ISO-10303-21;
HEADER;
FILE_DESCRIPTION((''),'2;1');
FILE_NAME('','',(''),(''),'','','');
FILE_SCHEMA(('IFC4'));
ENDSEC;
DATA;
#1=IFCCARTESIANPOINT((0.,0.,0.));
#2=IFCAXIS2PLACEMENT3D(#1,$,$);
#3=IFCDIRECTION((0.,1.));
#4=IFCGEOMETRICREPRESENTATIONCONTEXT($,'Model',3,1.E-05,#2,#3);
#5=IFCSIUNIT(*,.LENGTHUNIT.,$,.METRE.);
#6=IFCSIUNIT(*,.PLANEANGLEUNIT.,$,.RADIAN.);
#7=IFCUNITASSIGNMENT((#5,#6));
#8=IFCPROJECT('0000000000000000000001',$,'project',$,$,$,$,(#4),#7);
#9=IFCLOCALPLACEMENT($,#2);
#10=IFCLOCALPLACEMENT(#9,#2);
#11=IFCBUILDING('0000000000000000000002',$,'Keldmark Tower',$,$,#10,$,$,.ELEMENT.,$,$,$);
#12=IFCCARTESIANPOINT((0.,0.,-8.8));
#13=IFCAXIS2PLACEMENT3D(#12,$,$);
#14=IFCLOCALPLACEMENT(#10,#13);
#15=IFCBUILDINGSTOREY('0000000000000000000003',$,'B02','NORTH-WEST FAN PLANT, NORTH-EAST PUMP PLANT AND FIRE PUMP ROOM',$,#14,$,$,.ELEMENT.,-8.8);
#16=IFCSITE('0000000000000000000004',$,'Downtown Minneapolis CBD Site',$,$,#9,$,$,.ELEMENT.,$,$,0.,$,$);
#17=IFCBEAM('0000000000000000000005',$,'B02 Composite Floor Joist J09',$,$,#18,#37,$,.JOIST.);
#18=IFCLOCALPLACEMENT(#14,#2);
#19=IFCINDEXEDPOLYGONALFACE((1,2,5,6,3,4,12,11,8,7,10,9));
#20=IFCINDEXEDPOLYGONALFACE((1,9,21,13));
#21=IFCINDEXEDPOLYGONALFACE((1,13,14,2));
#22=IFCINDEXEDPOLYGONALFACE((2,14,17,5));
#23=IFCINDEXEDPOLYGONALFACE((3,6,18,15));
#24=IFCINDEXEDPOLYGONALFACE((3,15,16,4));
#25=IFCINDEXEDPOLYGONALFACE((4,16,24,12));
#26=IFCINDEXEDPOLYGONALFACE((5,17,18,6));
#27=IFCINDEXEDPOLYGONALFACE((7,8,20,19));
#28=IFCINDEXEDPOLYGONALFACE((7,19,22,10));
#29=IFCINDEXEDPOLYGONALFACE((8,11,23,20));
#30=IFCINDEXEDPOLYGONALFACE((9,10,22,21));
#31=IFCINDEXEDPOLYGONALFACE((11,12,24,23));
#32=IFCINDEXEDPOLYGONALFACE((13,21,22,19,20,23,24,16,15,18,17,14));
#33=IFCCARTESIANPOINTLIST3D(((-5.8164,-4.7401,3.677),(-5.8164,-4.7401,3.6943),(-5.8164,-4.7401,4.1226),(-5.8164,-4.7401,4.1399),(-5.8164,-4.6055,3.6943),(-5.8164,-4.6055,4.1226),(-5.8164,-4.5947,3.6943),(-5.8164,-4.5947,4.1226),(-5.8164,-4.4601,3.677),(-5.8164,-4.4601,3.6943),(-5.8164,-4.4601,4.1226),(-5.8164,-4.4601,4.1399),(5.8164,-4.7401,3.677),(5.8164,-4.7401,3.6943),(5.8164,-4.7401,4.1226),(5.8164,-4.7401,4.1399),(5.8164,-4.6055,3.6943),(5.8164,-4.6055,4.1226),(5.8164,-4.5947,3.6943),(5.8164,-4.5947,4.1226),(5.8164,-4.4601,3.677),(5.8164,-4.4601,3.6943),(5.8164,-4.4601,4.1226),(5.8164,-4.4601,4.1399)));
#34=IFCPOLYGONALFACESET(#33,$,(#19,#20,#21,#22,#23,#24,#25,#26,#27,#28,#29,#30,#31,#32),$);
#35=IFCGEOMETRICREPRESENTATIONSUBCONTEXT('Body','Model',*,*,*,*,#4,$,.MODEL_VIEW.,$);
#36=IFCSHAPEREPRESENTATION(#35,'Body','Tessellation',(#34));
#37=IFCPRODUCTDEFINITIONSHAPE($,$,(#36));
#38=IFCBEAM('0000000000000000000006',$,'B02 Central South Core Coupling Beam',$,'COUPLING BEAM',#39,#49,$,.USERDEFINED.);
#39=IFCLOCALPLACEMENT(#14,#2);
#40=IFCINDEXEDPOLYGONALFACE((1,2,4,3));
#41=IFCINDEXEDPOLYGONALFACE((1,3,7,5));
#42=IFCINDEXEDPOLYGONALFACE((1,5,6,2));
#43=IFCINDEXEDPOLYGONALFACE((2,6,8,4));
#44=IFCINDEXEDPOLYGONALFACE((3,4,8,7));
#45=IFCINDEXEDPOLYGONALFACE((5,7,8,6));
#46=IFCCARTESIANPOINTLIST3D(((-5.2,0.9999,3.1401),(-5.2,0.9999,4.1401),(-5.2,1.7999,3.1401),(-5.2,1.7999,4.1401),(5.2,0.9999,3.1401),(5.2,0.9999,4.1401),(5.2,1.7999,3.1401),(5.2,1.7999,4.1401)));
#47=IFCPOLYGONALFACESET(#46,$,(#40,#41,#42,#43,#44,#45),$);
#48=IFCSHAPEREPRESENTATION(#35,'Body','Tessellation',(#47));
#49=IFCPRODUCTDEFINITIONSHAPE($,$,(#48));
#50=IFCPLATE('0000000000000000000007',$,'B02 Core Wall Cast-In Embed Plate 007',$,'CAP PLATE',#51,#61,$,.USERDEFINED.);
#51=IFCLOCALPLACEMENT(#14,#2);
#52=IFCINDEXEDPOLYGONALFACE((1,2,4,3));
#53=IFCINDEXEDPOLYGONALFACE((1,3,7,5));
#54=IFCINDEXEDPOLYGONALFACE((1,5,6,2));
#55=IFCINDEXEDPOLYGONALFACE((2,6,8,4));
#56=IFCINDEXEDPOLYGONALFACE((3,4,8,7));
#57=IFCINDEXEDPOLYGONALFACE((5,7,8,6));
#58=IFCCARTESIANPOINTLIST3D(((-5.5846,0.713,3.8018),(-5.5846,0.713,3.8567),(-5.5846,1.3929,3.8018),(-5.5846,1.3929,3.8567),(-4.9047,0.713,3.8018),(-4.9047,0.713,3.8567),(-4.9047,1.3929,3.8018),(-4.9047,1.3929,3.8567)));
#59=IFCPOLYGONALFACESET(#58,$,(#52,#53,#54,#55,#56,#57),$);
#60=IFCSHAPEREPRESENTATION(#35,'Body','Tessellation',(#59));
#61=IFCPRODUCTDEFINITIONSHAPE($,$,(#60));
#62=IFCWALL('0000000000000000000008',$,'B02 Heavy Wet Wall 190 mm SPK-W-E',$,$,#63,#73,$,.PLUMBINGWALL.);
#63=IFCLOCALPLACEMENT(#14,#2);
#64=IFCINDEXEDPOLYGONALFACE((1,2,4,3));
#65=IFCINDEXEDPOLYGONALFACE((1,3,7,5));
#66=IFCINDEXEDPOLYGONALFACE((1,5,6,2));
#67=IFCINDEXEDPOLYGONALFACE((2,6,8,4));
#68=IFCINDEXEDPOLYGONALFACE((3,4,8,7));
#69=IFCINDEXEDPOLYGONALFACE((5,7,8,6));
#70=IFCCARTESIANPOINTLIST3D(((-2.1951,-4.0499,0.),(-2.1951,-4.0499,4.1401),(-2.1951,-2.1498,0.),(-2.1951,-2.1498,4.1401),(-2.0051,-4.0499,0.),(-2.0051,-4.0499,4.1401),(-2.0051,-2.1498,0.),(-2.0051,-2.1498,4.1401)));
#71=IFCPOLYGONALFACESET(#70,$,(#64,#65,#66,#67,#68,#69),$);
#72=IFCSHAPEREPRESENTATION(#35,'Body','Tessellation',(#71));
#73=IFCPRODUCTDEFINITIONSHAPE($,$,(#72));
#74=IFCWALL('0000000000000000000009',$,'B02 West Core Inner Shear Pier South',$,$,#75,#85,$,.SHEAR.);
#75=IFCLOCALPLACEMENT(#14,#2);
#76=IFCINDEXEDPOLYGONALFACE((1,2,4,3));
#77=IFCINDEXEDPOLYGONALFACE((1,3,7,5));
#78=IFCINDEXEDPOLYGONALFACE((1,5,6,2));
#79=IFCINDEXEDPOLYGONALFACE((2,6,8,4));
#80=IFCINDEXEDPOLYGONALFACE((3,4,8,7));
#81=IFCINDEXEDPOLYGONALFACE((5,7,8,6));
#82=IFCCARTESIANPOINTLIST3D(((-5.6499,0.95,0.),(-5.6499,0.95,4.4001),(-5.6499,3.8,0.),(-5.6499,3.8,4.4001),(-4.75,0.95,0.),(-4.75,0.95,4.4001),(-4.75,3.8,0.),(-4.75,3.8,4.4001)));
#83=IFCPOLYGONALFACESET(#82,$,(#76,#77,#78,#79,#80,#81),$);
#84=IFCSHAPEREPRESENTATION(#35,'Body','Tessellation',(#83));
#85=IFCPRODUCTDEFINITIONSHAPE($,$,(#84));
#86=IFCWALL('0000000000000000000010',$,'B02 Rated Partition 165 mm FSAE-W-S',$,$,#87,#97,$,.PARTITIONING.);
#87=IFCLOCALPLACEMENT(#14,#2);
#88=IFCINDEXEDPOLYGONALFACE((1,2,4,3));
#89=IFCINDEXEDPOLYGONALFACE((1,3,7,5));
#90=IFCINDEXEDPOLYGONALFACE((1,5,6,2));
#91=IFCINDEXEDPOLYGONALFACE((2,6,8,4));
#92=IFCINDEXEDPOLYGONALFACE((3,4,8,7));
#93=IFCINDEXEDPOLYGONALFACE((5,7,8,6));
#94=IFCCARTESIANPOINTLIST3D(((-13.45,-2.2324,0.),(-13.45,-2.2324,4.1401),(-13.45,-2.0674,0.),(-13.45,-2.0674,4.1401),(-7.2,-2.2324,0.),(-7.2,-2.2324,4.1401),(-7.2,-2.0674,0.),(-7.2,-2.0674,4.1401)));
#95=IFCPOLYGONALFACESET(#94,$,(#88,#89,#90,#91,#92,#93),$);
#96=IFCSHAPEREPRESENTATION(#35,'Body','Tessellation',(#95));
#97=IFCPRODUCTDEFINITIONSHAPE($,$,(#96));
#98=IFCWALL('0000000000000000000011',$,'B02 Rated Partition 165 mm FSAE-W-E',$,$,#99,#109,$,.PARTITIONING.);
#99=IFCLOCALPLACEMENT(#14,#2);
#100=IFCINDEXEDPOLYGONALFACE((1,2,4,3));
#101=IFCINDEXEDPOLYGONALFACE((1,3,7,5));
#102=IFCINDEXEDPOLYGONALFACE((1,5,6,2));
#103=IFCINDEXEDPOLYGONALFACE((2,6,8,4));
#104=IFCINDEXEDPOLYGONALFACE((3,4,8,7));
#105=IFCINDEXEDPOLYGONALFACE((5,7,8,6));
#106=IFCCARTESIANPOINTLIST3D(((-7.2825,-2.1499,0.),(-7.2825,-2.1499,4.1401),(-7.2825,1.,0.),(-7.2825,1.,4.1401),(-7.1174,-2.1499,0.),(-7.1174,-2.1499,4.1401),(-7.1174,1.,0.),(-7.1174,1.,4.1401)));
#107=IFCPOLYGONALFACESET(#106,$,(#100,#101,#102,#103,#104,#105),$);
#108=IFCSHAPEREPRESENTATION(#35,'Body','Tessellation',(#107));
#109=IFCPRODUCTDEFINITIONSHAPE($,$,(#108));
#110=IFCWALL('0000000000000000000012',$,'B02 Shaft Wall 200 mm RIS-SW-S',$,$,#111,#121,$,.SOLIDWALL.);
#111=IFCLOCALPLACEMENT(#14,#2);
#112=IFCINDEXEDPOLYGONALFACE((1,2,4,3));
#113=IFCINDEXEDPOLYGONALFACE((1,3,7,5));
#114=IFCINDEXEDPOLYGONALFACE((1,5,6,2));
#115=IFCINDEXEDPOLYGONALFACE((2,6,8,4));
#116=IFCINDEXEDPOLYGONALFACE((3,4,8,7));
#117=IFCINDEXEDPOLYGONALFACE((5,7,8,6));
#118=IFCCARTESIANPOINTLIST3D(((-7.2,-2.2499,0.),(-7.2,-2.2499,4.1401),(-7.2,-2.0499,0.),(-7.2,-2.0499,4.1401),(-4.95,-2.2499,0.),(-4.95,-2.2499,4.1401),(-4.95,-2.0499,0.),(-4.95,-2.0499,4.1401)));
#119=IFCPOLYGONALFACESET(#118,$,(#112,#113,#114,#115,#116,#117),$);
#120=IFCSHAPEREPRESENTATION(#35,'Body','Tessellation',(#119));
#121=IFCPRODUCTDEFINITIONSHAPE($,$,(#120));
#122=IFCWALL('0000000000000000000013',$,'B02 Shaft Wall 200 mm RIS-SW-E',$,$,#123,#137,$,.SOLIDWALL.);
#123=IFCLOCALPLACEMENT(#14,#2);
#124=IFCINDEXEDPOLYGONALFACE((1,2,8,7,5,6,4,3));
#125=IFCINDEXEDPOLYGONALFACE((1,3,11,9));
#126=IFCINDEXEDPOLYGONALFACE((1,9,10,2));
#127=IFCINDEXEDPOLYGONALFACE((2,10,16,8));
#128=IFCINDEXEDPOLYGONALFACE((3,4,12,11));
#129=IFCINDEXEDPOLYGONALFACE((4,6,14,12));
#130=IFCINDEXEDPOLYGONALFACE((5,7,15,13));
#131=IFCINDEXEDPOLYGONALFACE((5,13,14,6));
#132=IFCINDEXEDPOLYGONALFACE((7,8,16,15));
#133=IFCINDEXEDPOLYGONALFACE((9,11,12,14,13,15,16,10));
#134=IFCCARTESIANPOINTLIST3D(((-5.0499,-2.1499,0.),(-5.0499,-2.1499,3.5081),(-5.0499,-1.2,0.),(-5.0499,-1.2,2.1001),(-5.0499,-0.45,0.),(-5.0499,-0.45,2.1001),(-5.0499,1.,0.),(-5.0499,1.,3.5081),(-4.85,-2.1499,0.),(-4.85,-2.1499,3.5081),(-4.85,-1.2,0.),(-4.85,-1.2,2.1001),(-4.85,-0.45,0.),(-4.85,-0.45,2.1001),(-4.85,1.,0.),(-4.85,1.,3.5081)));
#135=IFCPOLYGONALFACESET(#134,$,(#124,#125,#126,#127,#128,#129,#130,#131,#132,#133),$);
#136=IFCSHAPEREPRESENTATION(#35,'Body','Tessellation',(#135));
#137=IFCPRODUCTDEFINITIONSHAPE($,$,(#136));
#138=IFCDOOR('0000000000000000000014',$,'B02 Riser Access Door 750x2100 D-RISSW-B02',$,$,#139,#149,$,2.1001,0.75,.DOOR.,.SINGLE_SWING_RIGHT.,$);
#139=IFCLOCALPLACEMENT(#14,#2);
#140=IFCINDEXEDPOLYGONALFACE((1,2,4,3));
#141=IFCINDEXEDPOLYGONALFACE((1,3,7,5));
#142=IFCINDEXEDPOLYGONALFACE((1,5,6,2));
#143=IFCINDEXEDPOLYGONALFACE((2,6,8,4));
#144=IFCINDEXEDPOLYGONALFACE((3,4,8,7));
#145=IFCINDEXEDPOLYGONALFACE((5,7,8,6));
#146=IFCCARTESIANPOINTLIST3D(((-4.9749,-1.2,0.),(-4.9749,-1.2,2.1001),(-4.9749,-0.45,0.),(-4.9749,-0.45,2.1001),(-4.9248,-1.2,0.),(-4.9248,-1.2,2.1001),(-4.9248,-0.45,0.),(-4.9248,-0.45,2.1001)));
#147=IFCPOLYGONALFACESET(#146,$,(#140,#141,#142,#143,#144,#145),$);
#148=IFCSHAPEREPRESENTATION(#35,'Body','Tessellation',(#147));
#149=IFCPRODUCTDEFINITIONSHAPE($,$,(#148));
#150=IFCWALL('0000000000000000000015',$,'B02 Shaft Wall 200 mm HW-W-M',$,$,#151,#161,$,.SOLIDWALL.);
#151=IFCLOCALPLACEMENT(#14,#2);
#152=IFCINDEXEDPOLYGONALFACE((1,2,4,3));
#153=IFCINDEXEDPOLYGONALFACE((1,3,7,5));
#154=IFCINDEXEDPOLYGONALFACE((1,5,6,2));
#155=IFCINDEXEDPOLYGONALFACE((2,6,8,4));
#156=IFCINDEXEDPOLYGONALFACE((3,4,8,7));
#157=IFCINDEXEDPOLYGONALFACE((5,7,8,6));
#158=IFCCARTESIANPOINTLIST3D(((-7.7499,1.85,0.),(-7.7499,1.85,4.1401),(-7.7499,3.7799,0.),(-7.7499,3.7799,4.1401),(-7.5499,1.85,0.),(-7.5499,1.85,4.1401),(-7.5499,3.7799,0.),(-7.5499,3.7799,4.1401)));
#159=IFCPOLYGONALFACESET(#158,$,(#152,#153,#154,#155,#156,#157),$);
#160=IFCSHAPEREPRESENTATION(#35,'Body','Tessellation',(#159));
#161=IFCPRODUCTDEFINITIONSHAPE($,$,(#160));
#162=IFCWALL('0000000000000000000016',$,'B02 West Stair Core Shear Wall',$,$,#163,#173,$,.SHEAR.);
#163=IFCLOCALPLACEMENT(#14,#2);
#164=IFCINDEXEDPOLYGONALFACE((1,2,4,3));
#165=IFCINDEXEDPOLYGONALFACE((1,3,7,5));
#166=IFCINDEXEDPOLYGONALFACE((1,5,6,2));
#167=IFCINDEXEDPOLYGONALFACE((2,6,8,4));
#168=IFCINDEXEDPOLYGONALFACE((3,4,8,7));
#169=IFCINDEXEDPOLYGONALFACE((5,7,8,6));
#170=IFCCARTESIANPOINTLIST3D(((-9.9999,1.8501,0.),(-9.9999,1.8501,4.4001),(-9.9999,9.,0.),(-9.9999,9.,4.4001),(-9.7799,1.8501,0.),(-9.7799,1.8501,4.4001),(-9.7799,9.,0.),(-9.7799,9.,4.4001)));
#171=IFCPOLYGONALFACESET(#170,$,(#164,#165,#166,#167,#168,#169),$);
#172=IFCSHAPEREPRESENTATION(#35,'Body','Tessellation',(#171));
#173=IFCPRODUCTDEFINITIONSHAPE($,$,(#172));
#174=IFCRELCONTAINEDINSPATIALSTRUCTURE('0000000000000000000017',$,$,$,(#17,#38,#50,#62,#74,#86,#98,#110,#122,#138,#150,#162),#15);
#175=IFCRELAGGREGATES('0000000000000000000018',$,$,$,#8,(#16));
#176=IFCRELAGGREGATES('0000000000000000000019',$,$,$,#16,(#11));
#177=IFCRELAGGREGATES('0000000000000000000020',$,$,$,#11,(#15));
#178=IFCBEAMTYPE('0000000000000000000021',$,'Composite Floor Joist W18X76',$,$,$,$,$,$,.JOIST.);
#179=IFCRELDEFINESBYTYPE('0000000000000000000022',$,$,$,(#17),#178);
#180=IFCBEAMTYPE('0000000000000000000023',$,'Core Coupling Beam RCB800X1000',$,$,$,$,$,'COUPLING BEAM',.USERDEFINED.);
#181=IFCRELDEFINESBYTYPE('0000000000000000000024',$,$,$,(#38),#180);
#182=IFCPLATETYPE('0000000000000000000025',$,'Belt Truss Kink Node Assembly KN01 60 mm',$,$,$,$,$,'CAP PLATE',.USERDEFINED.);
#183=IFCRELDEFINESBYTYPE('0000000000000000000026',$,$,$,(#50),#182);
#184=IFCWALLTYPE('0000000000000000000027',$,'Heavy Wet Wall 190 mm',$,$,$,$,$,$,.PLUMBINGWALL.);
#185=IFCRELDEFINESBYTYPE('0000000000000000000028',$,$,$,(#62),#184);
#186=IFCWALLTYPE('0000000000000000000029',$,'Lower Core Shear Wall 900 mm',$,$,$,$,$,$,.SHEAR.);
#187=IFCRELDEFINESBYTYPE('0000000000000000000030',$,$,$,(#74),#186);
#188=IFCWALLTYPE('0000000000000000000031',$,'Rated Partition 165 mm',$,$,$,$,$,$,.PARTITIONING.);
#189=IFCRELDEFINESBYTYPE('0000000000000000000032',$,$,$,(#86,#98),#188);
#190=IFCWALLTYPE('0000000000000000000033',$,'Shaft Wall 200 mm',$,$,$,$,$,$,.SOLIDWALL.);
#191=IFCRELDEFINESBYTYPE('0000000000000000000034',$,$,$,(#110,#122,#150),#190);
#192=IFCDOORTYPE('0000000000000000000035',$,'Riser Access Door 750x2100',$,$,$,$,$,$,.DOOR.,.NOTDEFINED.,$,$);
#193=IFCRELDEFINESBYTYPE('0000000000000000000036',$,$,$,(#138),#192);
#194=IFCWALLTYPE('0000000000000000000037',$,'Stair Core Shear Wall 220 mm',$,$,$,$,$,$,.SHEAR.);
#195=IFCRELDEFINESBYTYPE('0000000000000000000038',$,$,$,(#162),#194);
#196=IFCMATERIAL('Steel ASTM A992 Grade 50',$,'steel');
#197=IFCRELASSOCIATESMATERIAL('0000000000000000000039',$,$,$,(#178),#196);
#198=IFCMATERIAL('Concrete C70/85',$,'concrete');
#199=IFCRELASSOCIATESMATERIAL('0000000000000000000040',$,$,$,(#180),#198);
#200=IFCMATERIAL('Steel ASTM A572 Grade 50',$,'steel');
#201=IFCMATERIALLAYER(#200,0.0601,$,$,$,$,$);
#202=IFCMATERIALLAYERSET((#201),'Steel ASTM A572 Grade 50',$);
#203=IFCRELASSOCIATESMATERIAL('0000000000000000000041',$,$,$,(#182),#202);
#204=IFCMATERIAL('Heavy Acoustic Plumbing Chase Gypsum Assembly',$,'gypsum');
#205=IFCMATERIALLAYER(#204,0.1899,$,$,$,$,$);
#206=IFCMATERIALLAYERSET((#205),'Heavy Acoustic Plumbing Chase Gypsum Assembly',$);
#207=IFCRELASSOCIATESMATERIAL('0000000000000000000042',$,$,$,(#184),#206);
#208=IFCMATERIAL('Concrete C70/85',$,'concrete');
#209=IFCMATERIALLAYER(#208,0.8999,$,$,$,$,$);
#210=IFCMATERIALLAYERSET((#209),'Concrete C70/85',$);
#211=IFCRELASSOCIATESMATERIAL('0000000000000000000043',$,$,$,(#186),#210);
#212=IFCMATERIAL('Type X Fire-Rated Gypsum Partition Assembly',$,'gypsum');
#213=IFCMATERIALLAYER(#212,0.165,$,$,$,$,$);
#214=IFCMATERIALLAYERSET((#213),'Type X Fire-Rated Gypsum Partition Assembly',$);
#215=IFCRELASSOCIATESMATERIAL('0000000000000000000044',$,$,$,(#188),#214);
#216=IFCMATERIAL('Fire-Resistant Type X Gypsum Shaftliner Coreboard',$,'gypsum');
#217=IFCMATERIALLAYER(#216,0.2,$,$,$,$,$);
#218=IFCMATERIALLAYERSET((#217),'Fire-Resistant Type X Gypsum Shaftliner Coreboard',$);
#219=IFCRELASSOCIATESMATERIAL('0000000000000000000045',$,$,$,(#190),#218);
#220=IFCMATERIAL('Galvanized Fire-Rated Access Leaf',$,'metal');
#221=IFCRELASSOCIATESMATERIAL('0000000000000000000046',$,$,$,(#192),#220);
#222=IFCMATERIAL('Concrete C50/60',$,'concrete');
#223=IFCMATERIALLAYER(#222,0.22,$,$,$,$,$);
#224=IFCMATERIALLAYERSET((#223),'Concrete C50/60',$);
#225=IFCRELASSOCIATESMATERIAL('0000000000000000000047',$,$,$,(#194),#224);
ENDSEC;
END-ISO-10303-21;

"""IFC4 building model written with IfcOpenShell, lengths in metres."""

from ifc_helpers import new_model, si_unit, direction, frame, frame_2d, origin, origin_2d, place, context, subcontext, project, spatial, rectangle, i_section, extrude, material, layer, layer_set, material_profile, profile_set, type_object, element, fill, save


model = new_model("IFC4")

# Units and contexts
model_context = context("Model", 3, precision=1e-05, world=origin(), true_north=direction((0.0, 1.0)))
body_context = subcontext(model_context, "Body", "Model", "MODEL_VIEW")
ifc_project = project(units=[si_unit("LENGTHUNIT", "METRE"), si_unit("PLANEANGLEUNIT", "RADIAN")], contexts=[model_context])

# Site, building, storey
site_placement = place(None, origin())
site = spatial("IfcSite", under=ifc_project, at=site_placement, Name="Downtown Minneapolis CBD Site", CompositionType="ELEMENT", RefElevation=0.0)
building_placement = place(site_placement, origin())
building = spatial("IfcBuilding", under=site, at=building_placement, Name="Keldmark Tower", CompositionType="ELEMENT")
storey_placement = place(building_placement, frame((0.0, 0.0, -8.8)))
storey = spatial("IfcBuildingStorey", under=building, at=storey_placement, Name="B02", Description="NORTH-WEST FAN PLANT, NORTH-EAST PUMP PLANT AND FIRE PUMP ROOM", CompositionType="ELEMENT", Elevation=-8.8)

# Beams
ifc_material_1 = material(Name="Steel ASTM A992 Grade 50", Category="steel")
ifc_material_profile_1 = material_profile(ifc_material_1, i_section(OverallWidth=0.28, OverallDepth=0.4629, WebThickness=0.0107, FlangeThickness=0.0173, at=origin_2d()), Name="W18X76")
ifc_profile_set_1 = profile_set([ifc_material_profile_1], Name="Steel ASTM A992 Grade 50")
beam_type_1 = type_object("IfcBeamType", Name="Composite Floor Joist W18X76", PredefinedType="JOIST", material=ifc_profile_set_1)
beam_1_placement = place(storey_placement, frame((-5.8164, -4.6001, 3.9084), z_axis=(1.0, 0.0, 0.0), x_axis=(0.0, 1.0, 0.0)))
element("IfcBeam", 1, at=beam_1_placement, inside=storey, type_object=beam_type_1, Name="B02 Composite Floor Joist J09", PredefinedType="JOIST", context=body_context, shape_type="SweptSolid", body=[
    extrude(i_section(OverallWidth=0.28, OverallDepth=0.4629, WebThickness=0.0107, FlangeThickness=0.0173, at=origin_2d()), origin(), (0.0, 0.0, 1.0), 11.6328),
])
ifc_material_2 = material(Name="Concrete C70/85", Category="concrete")
ifc_material_profile_2 = material_profile(ifc_material_2, rectangle(XDim=0.8, YDim=1.0, at=origin_2d()), Name="RCB800X1000")
ifc_profile_set_2 = profile_set([ifc_material_profile_2], Name="Concrete C70/85")
beam_type_2 = type_object("IfcBeamType", Name="Core Coupling Beam RCB800X1000", ElementType="COUPLING BEAM", PredefinedType="USERDEFINED", material=ifc_profile_set_2)
beam_2_placement = place(storey_placement, frame((-5.2, 1.3999, 3.6401), z_axis=(1.0, 0.0, 0.0), x_axis=(0.0, 1.0, 0.0)))
element("IfcBeam", 2, at=beam_2_placement, inside=storey, type_object=beam_type_2, Name="B02 Central South Core Coupling Beam", ObjectType="COUPLING BEAM", PredefinedType="USERDEFINED", context=body_context, shape_type="SweptSolid", body=[
    extrude(rectangle(XDim=0.8, YDim=1.0, at=origin_2d()), origin(), (0.0, 0.0, 1.0), 10.3999),
])

# Plate
ifc_material_3 = material(Name="Steel ASTM A572 Grade 50", Category="steel")
ifc_layer_1 = layer(ifc_material_3, 0.0601)
ifc_layer_set_1 = layer_set([ifc_layer_1], Name="Steel ASTM A572 Grade 50")
plate_type = type_object("IfcPlateType", Name="Belt Truss Kink Node Assembly KN01 60 mm", ElementType="CAP PLATE", PredefinedType="USERDEFINED", material=ifc_layer_set_1)
plate_placement = place(storey_placement, frame((-5.2446, 1.053, 3.8018), z_axis=(0.0, 0.0, 1.0), x_axis=(1.0, 0.0, 0.0)))
element("IfcPlate", 3, at=plate_placement, inside=storey, type_object=plate_type, Name="B02 Core Wall Cast-In Embed Plate 007", ObjectType="CAP PLATE", PredefinedType="USERDEFINED", context=body_context, shape_type="SweptSolid", body=[
    extrude(rectangle(XDim=0.6799, YDim=0.6799, at=origin_2d()), origin(), (0.0, 0.0, 1.0), 0.0549),
])

# Wall
ifc_material_4 = material(Name="Heavy Acoustic Plumbing Chase Gypsum Assembly", Category="gypsum")
ifc_layer_2 = layer(ifc_material_4, 0.1899)
ifc_layer_set_2 = layer_set([ifc_layer_2], Name="Heavy Acoustic Plumbing Chase Gypsum Assembly")
wall_type_1 = type_object("IfcWallType", Name="Heavy Wet Wall 190 mm", PredefinedType="PLUMBINGWALL", material=ifc_layer_set_2)
wall_1_placement = place(storey_placement, frame((-2.1001, -4.05, 0.0), z_axis=(0.0, 0.0, 1.0), x_axis=(0.0, 1.0, 0.0)))
element("IfcWall", 4, at=wall_1_placement, inside=storey, type_object=wall_type_1, Name="B02 Heavy Wet Wall 190 mm SPK-W-E", PredefinedType="PLUMBINGWALL", context=body_context, shape_type="SweptSolid", body=[
    extrude(rectangle(XDim=1.9001, YDim=0.1899, at=frame_2d((0.9502, 0.0))), origin(), (0.0, 0.0, 1.0), 4.1401),
])

# Shared definitions
ifc_material_5 = material(Name="Concrete C70/85", Category="concrete")
ifc_layer_3 = layer(ifc_material_5, 0.8999)
ifc_layer_set_3 = layer_set([ifc_layer_3], Name="Concrete C70/85")
wall_type_2 = type_object("IfcWallType", Name="Lower Core Shear Wall 900 mm", PredefinedType="SHEAR", material=ifc_layer_set_3)

# Walls
wall_2_placement = place(storey_placement, frame((-5.2, 0.95, 0.0), z_axis=(0.0, 0.0, 1.0), x_axis=(0.0, 1.0, 0.0)))
element("IfcWall", 5, at=wall_2_placement, inside=storey, type_object=wall_type_2, Name="B02 West Core Inner Shear Pier South", PredefinedType="SHEAR", context=body_context, shape_type="SweptSolid", body=[
    extrude(rectangle(XDim=2.8501, YDim=0.8999, at=frame_2d((1.425, 0.0))), origin(), (0.0, 0.0, 1.0), 4.4001),
])
ifc_material_6 = material(Name="Type X Fire-Rated Gypsum Partition Assembly", Category="gypsum")
ifc_layer_4 = layer(ifc_material_6, 0.165)
ifc_layer_set_4 = layer_set([ifc_layer_4], Name="Type X Fire-Rated Gypsum Partition Assembly")
wall_type_3 = type_object("IfcWallType", Name="Rated Partition 165 mm", PredefinedType="PARTITIONING", material=ifc_layer_set_4)
wall_3_placement = place(storey_placement, frame((-13.45, -2.1499, 0.0), z_axis=(0.0, 0.0, 1.0), x_axis=(1.0, 0.0, 0.0)))
element("IfcWall", 6, at=wall_3_placement, inside=storey, type_object=wall_type_3, Name="B02 Rated Partition 165 mm FSAE-W-S", PredefinedType="PARTITIONING", context=body_context, shape_type="SweptSolid", body=[
    extrude(rectangle(XDim=6.25, YDim=0.165, at=frame_2d((3.125, 0.0))), origin(), (0.0, 0.0, 1.0), 4.1401),
])

# Walls
wall_4_placement = place(storey_placement, frame((-7.2, -2.1499, 0.0), z_axis=(0.0, 0.0, 1.0), x_axis=(0.0, 1.0, 0.0)))
element("IfcWall", 7, at=wall_4_placement, inside=storey, type_object=wall_type_3, Name="B02 Rated Partition 165 mm FSAE-W-E", PredefinedType="PARTITIONING", context=body_context, shape_type="SweptSolid", body=[
    extrude(rectangle(XDim=3.1499, YDim=0.165, at=frame_2d((1.575, 0.0))), origin(), (0.0, 0.0, 1.0), 4.1401),
])
ifc_material_7 = material(Name="Fire-Resistant Type X Gypsum Shaftliner Coreboard", Category="gypsum")
ifc_layer_5 = layer(ifc_material_7, 0.2)
ifc_layer_set_5 = layer_set([ifc_layer_5], Name="Fire-Resistant Type X Gypsum Shaftliner Coreboard")
wall_type_4 = type_object("IfcWallType", Name="Shaft Wall 200 mm", PredefinedType="SOLIDWALL", material=ifc_layer_set_5)
wall_5_placement = place(storey_placement, frame((-7.2, -2.1499, 0.0), z_axis=(0.0, 0.0, 1.0), x_axis=(1.0, 0.0, 0.0)))
element("IfcWall", 8, at=wall_5_placement, inside=storey, type_object=wall_type_4, Name="B02 Shaft Wall 200 mm RIS-SW-S", PredefinedType="SOLIDWALL", context=body_context, shape_type="SweptSolid", body=[
    extrude(rectangle(XDim=2.25, YDim=0.2, at=frame_2d((1.125, 0.0))), origin(), (0.0, 0.0, 1.0), 4.1401),
])

# Wall, opening, door
wall_6_placement = place(storey_placement, frame((-4.95, -2.1499, 0.0), z_axis=(0.0, 0.0, 1.0), x_axis=(0.0, 1.0, 0.0)))
wall_6 = element("IfcWall", 9, at=wall_6_placement, inside=storey, type_object=wall_type_4, Name="B02 Shaft Wall 200 mm RIS-SW-E", PredefinedType="SOLIDWALL", context=body_context, shape_type="SweptSolid", body=[
    extrude(rectangle(XDim=3.1499, YDim=0.2, at=frame_2d((1.575, 0.0))), origin(), (0.0, 0.0, 1.0), 3.5081),
])
opening_1_placement = place(wall_6_placement, frame((0.95, 0.0, 0.0)))
opening_1 = element("IfcOpeningElement", 10, at=opening_1_placement, cuts=wall_6, PredefinedType="OPENING", context=body_context, shape_type="SweptSolid", body=[
    extrude(rectangle(XDim=0.75, YDim=2.1001, at=frame_2d((0.375, 1.05))), frame((0.0, 0.1099, 0.0), z_axis=(0.0, -1.0, 0.0), x_axis=(1.0, 0.0, 0.0)), (0.0, 0.0, 1.0), 0.22),
])
ifc_material_8 = material(Name="Galvanized Fire-Rated Access Leaf", Category="metal")
door_type_1 = type_object("IfcDoorType", Name="Riser Access Door 750x2100", OperationType="NOTDEFINED", PredefinedType="DOOR", material=ifc_material_8)
door_1_placement = place(opening_1_placement, origin())
door_1 = element("IfcDoor", 11, at=door_1_placement, inside=storey, type_object=door_type_1, Name="B02 Riser Access Door 750x2100 D-RISSW-B02", OperationType="SINGLE_SWING_RIGHT", OverallHeight=2.1001, OverallWidth=0.75, PredefinedType="DOOR", context=body_context, shape_type="SweptSolid", body=[
    extrude(rectangle(XDim=0.75, YDim=2.1001, at=frame_2d((0.375, 1.05))), frame((0.0, 0.0249, 0.0), z_axis=(0.0, -1.0, 0.0), x_axis=(1.0, 0.0, 0.0)), (0.0, 0.0, 1.0), 0.05),
])
fill(opening_1, door_1)

# Walls
wall_7_placement = place(storey_placement, frame((-7.6499, 1.8501, 0.0), z_axis=(0.0, 0.0, 1.0), x_axis=(0.0, 1.0, 0.0)))
element("IfcWall", 12, at=wall_7_placement, inside=storey, type_object=wall_type_4, Name="B02 Shaft Wall 200 mm HW-W-M", PredefinedType="SOLIDWALL", context=body_context, shape_type="SweptSolid", body=[
    extrude(rectangle(XDim=1.9299, YDim=0.2, at=frame_2d((0.9648, 0.0))), origin(), (0.0, 0.0, 1.0), 4.1401),
])
ifc_material_9 = material(Name="Concrete C50/60", Category="concrete")
ifc_layer_6 = layer(ifc_material_9, 0.22)
ifc_layer_set_6 = layer_set([ifc_layer_6], Name="Concrete C50/60")
wall_type_5 = type_object("IfcWallType", Name="Stair Core Shear Wall 220 mm", PredefinedType="SHEAR", material=ifc_layer_set_6)
wall_8_placement = place(storey_placement, frame((-9.8899, 1.8501, 0.0), z_axis=(0.0, 0.0, 1.0), x_axis=(0.0, 1.0, 0.0)))
element("IfcWall", 13, at=wall_8_placement, inside=storey, type_object=wall_type_5, Name="B02 West Stair Core Shear Wall", PredefinedType="SHEAR", context=body_context, shape_type="SweptSolid", body=[
    extrude(rectangle(XDim=7.1499, YDim=0.22, at=frame_2d((3.575, 0.0))), origin(), (0.0, 0.0, 1.0), 4.4001),
])

save(model, "model.ifc")
